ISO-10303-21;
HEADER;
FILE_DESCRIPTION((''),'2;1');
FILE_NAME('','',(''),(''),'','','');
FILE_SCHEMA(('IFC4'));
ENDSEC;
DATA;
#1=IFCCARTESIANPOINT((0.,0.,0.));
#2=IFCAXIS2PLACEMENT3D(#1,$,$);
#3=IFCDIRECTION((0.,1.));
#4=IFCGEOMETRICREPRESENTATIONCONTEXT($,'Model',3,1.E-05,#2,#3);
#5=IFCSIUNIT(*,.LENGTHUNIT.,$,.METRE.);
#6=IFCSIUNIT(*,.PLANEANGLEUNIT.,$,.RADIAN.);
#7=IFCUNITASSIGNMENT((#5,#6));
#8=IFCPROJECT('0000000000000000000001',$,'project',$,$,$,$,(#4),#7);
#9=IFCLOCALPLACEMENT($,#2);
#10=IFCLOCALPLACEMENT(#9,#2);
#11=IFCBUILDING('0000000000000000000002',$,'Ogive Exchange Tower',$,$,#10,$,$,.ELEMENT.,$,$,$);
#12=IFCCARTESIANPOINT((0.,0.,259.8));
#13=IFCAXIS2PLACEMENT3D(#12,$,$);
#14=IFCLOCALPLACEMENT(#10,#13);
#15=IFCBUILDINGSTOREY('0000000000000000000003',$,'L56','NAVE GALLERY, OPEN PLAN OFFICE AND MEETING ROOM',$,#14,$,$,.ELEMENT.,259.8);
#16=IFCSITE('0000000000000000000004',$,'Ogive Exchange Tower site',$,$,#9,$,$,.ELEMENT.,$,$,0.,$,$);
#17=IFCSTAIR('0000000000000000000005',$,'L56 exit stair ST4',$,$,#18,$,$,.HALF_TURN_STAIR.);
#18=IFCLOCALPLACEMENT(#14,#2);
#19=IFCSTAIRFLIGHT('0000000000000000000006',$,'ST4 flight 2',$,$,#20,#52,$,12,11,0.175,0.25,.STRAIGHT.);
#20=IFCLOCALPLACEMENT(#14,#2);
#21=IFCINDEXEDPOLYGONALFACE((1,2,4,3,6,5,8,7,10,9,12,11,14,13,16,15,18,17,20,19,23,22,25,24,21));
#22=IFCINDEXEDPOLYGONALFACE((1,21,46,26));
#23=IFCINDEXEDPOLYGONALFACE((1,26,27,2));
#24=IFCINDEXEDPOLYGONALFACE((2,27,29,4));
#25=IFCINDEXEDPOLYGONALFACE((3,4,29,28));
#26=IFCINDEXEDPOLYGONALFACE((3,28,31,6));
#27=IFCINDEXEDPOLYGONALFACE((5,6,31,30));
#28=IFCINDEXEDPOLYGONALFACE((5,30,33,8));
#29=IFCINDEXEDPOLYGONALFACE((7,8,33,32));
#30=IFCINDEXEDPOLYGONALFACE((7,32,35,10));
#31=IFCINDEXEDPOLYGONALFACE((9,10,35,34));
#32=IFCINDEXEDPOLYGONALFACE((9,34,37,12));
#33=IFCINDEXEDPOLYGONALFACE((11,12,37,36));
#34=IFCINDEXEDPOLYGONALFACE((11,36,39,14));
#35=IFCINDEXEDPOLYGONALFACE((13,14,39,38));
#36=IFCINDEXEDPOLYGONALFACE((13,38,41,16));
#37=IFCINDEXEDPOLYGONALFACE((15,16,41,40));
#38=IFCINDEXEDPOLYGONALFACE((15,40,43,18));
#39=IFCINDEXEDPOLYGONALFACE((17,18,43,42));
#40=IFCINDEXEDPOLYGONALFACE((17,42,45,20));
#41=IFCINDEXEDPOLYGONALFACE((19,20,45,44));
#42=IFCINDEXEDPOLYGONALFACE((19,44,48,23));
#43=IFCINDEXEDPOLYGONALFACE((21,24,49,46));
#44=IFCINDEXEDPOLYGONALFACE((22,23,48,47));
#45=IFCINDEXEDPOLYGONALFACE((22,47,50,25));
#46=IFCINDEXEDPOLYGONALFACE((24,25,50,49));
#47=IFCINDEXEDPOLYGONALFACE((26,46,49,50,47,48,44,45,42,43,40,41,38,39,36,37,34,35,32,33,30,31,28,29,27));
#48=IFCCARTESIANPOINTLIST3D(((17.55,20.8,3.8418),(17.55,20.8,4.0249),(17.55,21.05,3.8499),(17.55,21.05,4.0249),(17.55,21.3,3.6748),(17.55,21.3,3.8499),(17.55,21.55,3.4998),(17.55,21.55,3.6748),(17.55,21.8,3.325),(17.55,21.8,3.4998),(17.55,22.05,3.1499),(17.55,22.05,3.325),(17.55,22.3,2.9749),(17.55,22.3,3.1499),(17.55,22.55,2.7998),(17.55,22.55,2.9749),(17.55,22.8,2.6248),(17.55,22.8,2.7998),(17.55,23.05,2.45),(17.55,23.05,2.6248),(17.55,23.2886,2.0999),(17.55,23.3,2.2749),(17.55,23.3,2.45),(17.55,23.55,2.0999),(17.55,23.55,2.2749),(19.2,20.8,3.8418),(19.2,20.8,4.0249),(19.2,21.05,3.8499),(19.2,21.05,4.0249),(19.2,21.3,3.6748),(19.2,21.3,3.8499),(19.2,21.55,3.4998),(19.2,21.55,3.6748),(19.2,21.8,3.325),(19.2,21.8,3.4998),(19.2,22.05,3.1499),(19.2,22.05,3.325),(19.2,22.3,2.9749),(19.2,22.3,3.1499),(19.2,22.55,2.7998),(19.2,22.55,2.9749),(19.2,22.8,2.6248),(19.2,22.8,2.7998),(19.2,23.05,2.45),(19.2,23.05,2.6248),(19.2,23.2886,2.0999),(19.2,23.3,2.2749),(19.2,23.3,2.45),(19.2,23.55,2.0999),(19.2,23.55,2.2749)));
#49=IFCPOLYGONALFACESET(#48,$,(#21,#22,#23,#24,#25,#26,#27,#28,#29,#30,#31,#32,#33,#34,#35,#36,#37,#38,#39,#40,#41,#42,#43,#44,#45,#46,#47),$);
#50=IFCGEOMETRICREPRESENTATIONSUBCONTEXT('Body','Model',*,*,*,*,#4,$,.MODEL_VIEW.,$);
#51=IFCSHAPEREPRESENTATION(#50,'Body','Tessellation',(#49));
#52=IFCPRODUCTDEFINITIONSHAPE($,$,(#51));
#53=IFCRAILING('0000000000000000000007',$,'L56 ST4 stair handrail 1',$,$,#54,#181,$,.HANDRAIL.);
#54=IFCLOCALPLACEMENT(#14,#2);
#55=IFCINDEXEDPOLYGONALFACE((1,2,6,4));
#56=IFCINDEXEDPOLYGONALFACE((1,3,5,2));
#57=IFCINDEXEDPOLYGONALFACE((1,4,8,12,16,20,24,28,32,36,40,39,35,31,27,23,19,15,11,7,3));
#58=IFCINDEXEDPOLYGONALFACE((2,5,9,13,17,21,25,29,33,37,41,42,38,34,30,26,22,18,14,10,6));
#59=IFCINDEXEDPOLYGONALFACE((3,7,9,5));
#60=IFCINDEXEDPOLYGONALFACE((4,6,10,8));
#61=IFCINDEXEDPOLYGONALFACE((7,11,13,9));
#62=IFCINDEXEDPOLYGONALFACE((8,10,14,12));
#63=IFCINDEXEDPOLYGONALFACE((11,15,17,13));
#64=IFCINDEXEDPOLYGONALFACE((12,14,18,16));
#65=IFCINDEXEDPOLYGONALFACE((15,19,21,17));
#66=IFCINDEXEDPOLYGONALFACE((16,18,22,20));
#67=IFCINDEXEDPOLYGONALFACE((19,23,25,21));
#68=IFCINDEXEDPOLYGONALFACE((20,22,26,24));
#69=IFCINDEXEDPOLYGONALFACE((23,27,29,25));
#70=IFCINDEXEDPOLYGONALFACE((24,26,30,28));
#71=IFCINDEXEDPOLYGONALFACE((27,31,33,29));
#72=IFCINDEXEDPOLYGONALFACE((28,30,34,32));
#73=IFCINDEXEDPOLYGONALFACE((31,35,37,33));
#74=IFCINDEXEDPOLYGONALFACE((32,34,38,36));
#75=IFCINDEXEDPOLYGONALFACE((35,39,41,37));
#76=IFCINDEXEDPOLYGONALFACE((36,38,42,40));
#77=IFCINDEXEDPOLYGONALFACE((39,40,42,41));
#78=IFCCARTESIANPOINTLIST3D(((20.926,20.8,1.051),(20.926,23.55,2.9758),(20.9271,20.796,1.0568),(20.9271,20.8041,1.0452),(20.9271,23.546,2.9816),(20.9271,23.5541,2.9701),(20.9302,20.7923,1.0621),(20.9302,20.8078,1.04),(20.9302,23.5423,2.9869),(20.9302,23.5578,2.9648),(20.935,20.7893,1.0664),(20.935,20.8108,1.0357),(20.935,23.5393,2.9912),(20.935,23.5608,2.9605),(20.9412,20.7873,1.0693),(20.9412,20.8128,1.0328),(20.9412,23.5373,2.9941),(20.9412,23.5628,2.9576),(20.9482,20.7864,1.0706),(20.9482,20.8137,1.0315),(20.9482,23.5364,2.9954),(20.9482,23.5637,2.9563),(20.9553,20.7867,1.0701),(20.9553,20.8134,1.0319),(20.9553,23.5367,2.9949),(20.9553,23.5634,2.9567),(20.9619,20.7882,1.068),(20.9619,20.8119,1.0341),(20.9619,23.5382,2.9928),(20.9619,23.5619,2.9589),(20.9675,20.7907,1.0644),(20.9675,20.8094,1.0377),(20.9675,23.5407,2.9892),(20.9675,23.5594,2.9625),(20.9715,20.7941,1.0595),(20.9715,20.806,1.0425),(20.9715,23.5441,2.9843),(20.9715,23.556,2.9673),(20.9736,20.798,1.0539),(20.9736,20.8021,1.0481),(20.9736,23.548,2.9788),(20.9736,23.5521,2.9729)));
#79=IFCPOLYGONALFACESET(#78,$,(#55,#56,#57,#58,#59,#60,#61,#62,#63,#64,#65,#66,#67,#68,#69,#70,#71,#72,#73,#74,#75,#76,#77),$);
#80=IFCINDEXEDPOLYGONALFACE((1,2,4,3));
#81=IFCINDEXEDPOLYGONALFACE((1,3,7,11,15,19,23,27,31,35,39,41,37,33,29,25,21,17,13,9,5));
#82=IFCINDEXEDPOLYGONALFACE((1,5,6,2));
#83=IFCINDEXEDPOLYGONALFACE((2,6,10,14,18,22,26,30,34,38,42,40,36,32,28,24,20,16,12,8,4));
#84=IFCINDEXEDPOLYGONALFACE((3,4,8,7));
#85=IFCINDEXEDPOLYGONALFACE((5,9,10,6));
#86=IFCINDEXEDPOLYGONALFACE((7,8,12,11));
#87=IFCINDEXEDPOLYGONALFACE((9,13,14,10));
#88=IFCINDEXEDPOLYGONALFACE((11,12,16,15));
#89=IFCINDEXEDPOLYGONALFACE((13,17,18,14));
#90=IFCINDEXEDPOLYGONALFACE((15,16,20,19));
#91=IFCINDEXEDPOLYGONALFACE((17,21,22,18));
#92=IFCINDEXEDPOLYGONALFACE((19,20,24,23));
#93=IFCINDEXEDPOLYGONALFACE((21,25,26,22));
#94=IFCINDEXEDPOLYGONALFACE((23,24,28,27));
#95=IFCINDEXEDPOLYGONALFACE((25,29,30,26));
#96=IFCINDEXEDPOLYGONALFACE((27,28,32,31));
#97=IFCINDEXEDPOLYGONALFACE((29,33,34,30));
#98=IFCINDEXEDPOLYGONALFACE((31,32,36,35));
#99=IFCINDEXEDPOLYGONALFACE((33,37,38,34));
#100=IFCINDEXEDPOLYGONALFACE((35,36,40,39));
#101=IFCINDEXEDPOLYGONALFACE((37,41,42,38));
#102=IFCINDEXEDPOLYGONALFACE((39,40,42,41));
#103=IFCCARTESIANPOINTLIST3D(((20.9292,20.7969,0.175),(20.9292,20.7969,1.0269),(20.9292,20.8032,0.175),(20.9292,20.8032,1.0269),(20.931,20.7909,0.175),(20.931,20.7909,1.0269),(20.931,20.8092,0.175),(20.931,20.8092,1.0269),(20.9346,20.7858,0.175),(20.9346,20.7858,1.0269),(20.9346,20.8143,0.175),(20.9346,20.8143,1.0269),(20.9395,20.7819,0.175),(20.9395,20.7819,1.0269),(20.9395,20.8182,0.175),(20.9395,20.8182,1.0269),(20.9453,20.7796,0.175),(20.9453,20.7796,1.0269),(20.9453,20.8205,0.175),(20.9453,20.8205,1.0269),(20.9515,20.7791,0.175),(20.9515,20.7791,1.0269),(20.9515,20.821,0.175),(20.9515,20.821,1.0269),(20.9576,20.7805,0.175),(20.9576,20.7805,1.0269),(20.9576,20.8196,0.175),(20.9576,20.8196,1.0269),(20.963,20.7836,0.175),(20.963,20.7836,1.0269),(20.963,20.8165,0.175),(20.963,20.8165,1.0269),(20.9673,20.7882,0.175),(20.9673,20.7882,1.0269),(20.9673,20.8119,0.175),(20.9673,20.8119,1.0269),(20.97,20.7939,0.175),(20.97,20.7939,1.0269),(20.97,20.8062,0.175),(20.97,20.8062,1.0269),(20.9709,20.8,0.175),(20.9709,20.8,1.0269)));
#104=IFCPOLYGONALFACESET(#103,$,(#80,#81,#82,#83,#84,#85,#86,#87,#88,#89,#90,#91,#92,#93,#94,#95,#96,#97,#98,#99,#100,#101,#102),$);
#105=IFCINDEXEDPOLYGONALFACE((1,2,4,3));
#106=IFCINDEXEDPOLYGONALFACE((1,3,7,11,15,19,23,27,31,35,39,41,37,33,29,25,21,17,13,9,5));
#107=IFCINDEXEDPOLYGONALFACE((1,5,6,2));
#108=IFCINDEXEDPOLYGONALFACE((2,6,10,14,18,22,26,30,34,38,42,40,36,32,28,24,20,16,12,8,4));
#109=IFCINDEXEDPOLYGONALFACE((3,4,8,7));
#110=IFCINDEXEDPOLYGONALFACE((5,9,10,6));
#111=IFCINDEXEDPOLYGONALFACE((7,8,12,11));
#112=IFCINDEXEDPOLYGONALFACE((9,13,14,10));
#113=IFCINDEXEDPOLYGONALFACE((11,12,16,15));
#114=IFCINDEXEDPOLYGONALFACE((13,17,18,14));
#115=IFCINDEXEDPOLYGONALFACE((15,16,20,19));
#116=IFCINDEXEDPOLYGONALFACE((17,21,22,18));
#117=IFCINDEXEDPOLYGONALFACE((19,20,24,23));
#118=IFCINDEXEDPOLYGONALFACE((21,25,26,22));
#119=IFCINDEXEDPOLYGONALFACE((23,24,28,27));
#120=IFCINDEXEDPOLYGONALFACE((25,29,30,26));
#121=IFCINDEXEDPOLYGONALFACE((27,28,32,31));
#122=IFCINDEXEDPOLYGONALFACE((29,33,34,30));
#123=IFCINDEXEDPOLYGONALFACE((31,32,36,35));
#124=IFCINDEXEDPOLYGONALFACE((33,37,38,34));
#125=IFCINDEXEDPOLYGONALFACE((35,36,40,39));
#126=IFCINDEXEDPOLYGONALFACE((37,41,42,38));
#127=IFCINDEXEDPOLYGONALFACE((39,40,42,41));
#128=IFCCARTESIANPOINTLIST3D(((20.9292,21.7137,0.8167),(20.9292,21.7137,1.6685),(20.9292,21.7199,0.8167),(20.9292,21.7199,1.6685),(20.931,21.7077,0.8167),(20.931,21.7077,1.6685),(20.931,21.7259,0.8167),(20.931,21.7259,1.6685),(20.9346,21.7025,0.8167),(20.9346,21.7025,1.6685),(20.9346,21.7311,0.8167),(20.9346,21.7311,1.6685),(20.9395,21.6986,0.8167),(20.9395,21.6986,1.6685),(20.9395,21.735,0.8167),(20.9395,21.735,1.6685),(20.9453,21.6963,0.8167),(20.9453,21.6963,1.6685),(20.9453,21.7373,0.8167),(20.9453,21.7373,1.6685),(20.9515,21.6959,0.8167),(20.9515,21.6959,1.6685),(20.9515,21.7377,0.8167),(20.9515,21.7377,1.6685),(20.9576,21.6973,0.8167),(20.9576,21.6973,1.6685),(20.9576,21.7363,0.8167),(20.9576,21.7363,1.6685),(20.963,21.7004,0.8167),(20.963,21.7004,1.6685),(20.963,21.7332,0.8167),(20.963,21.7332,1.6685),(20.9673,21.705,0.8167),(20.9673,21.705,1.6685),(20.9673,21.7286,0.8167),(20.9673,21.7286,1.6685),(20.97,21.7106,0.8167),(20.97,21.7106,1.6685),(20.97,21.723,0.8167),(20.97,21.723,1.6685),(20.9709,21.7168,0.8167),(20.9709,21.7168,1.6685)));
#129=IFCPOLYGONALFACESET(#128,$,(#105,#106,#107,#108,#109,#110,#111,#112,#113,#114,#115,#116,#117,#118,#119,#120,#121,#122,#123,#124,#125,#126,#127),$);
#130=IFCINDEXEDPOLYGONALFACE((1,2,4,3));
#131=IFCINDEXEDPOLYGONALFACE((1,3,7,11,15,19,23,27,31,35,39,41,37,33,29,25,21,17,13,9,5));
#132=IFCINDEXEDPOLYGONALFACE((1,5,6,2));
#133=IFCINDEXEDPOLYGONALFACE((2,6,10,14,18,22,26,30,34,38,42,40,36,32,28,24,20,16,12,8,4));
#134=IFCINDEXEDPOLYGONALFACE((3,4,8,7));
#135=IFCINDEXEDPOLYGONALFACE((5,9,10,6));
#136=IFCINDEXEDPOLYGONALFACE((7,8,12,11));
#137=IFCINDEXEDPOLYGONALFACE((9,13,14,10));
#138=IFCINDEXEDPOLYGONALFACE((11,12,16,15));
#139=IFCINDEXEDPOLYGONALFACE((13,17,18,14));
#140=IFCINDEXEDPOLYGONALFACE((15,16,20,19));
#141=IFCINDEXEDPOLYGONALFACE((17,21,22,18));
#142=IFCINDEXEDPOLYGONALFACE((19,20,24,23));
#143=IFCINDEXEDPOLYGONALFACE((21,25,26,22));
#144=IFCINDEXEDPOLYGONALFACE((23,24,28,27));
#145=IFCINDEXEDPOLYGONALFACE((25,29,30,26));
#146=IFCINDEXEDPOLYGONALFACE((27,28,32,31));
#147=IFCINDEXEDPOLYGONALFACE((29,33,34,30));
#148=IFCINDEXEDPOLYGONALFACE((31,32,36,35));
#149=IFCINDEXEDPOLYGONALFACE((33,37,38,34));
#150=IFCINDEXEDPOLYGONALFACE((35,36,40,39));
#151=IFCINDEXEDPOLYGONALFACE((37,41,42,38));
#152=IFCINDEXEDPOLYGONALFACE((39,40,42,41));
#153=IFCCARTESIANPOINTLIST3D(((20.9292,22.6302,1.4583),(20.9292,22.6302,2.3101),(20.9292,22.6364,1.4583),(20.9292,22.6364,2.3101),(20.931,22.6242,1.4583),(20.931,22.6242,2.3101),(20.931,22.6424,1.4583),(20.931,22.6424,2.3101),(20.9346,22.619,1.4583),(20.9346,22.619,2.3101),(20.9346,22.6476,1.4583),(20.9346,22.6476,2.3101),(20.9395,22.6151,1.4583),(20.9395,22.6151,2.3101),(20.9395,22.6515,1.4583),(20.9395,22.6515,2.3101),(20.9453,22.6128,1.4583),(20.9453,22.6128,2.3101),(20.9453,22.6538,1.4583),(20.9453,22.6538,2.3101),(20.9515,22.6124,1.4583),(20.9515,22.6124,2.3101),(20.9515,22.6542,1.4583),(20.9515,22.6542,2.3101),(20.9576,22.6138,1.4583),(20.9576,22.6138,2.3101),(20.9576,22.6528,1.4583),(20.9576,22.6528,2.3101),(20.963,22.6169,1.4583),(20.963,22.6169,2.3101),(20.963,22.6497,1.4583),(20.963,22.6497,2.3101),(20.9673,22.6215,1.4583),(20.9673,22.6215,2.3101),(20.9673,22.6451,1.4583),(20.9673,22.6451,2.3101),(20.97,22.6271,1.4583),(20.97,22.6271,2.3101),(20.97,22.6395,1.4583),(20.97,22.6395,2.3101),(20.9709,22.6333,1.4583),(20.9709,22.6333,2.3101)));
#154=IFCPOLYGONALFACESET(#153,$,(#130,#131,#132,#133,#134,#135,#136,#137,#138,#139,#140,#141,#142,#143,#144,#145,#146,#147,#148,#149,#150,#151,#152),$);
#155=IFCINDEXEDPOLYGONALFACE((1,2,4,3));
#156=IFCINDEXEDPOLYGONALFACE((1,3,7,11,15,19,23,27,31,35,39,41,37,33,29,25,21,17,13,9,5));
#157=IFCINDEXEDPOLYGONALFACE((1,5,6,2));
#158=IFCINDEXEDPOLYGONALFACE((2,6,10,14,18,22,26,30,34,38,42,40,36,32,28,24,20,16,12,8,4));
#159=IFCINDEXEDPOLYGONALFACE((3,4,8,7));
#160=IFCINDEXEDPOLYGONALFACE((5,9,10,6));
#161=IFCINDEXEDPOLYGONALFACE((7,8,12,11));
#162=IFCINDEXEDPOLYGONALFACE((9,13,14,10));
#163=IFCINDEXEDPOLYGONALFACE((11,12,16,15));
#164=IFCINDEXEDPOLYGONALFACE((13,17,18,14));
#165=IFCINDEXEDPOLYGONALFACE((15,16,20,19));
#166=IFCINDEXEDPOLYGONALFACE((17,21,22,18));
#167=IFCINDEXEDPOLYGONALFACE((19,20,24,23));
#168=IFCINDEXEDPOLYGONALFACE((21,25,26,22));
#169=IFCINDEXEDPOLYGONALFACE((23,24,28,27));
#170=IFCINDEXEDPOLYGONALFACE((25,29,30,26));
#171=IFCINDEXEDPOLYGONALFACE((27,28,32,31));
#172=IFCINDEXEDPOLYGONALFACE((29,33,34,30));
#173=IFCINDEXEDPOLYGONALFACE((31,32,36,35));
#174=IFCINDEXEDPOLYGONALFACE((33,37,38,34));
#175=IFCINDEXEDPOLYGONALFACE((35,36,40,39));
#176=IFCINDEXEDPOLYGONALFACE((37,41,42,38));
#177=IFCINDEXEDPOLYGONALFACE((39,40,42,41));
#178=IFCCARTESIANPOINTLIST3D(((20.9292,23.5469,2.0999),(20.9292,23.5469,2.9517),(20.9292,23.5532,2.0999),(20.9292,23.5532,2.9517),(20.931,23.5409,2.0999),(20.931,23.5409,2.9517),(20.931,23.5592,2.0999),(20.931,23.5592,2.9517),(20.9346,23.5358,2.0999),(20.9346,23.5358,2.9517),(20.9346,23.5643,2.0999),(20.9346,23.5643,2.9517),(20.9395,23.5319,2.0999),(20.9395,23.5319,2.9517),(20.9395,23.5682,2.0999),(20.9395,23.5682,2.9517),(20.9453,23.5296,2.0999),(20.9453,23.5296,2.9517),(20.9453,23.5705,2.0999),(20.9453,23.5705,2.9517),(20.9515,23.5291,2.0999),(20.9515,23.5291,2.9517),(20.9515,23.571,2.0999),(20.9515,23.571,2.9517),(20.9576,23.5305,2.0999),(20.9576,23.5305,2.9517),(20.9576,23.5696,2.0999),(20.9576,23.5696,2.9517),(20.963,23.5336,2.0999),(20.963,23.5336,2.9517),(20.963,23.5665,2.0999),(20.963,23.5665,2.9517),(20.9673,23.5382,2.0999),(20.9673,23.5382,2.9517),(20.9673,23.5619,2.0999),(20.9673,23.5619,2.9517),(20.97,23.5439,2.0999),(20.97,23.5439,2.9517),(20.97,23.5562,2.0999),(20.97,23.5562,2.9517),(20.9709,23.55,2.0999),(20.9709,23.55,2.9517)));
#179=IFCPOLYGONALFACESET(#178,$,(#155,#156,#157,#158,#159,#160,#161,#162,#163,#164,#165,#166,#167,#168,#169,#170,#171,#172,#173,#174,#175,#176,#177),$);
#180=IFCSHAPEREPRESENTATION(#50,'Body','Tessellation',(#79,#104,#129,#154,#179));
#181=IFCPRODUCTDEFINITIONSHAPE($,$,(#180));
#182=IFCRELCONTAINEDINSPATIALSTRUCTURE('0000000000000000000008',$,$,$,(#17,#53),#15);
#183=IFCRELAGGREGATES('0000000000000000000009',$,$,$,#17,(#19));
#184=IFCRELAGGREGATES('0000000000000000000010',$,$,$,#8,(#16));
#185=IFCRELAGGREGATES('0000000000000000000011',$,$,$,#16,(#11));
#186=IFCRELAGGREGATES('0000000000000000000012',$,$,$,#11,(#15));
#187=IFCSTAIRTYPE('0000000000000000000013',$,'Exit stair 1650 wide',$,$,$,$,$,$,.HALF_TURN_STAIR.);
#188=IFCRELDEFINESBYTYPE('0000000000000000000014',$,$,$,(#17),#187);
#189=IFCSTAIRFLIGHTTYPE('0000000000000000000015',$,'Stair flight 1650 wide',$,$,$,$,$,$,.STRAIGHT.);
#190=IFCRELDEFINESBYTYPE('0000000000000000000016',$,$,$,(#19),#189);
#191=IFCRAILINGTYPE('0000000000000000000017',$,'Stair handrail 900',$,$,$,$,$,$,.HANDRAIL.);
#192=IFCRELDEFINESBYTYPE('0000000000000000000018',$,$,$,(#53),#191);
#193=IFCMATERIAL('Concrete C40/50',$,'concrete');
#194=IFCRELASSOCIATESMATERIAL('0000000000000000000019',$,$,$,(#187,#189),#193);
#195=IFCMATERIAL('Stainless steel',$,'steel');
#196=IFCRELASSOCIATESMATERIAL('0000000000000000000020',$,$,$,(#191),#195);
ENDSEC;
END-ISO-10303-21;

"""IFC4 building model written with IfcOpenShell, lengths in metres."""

from ifc_helpers import new_model, si_unit, direction, frame, origin, origin_2d, place, context, subcontext, project, spatial, polyline, circle, outline, extrude, material, type_object, element, aggregate, save


model = new_model("IFC4")

# Units and contexts
model_context = context("Model", 3, precision=1e-05, world=origin(), true_north=direction((0.0, 1.0)))
body_context = subcontext(model_context, "Body", "Model", "MODEL_VIEW")
ifc_project = project(units=[si_unit("LENGTHUNIT", "METRE"), si_unit("PLANEANGLEUNIT", "RADIAN")], contexts=[model_context])

# Site, building, storey
site_placement = place(None, origin())
site = spatial("IfcSite", under=ifc_project, at=site_placement, Name="Ogive Exchange Tower site", CompositionType="ELEMENT", RefElevation=0.0)
building_placement = place(site_placement, origin())
building = spatial("IfcBuilding", under=site, at=building_placement, Name="Ogive Exchange Tower", CompositionType="ELEMENT")
storey_placement = place(building_placement, frame((0.0, 0.0, 259.8)))
storey = spatial("IfcBuildingStorey", under=building, at=storey_placement, Name="L56", Description="NAVE GALLERY, OPEN PLAN OFFICE AND MEETING ROOM", CompositionType="ELEMENT", Elevation=259.8)

# Stair, stair flight
ifc_material_1 = material(Name="Concrete C40/50", Category="concrete")
stair_type = type_object("IfcStairType", Name="Exit stair 1650 wide", PredefinedType="HALF_TURN_STAIR", material=ifc_material_1)
stair_placement = place(storey_placement, origin())
stair = element("IfcStair", 1, at=stair_placement, inside=storey, type_object=stair_type, Name="L56 exit stair ST4", PredefinedType="HALF_TURN_STAIR")
stair_flight_type = type_object("IfcStairFlightType", Name="Stair flight 1650 wide", PredefinedType="STRAIGHT", material=ifc_material_1)
stair_flight_1_placement = place(storey_placement, frame((18.375, 23.55, 2.0999), z_axis=(0.0, 0.0, 1.0), x_axis=(0.0, -1.0, 0.0)))
stair_flight_1 = element("IfcStairFlight", 2, at=stair_flight_1_placement, type_object=stair_flight_type, Name="ST4 flight 2", NumberOfRisers=12, NumberOfTreads=11, PredefinedType="STRAIGHT", RiserHeight=0.175, TreadLength=0.25, context=body_context, shape_type="SweptSolid", body=[
    extrude(outline(polyline([(0.0, 0.0), (0.0, 0.175), (0.25, 0.175), (0.25, 0.3501), (0.5, 0.3501), (0.5, 0.5249), (0.75, 0.5249), (0.75, 0.7), (1.0, 0.7), (1.0, 0.875), (1.25, 0.875), (1.25, 1.05), (1.5, 1.05), (1.5, 1.2251), (1.75, 1.2251), (1.75, 1.3999), (2.0, 1.3999), (2.0, 1.575), (2.25, 1.575), (2.25, 1.75), (2.5, 1.75), (2.5, 1.925), (2.75, 1.925), (2.75, 2.1001), (2.75, 1.7419), (0.2615, 0.0), (0.0, 0.0)])), frame((0.0, 0.825, 0.0), z_axis=(0.0, -1.0, 0.0), x_axis=(1.0, 0.0, 0.0)), (0.0, 0.0, 1.0), 1.6499),
])
aggregate(stair, [stair_flight_1])

# Railing
ifc_material_2 = material(Name="Stainless steel", Category="steel")
railing_type = type_object("IfcRailingType", Name="Stair handrail 900", PredefinedType="HANDRAIL", material=ifc_material_2)
railing_1_placement = place(storey_placement, frame((20.95, 20.8, 0.175)))
element("IfcRailing", 3, at=railing_1_placement, inside=storey, type_object=railing_type, Name="L56 ST4 stair handrail 1", PredefinedType="HANDRAIL", context=body_context, shape_type="SweptSolid", body=[
    extrude(circle(Radius=0.0239, at=origin_2d()), frame((0.0, 0.0, 0.876), z_axis=(0.0, 0.819259, 0.573423), x_axis=(-1.0, 0.0, 0.0)), (0.0, 0.0, 1.0), 3.3567),
    extrude(circle(Radius=0.021, at=origin_2d()), origin(), (0.0, 0.0, 1.0), 0.8518),
    extrude(circle(Radius=0.021, at=origin_2d()), frame((0.0, 0.9167, 0.6416)), (0.0, 0.0, 1.0), 0.8518),
    extrude(circle(Radius=0.021, at=origin_2d()), frame((0.0, 1.8333, 1.2832)), (0.0, 0.0, 1.0), 0.8518),
    extrude(circle(Radius=0.021, at=origin_2d()), frame((0.0, 2.75, 1.9248)), (0.0, 0.0, 1.0), 0.8518),
])

save(model, "model.ifc")
